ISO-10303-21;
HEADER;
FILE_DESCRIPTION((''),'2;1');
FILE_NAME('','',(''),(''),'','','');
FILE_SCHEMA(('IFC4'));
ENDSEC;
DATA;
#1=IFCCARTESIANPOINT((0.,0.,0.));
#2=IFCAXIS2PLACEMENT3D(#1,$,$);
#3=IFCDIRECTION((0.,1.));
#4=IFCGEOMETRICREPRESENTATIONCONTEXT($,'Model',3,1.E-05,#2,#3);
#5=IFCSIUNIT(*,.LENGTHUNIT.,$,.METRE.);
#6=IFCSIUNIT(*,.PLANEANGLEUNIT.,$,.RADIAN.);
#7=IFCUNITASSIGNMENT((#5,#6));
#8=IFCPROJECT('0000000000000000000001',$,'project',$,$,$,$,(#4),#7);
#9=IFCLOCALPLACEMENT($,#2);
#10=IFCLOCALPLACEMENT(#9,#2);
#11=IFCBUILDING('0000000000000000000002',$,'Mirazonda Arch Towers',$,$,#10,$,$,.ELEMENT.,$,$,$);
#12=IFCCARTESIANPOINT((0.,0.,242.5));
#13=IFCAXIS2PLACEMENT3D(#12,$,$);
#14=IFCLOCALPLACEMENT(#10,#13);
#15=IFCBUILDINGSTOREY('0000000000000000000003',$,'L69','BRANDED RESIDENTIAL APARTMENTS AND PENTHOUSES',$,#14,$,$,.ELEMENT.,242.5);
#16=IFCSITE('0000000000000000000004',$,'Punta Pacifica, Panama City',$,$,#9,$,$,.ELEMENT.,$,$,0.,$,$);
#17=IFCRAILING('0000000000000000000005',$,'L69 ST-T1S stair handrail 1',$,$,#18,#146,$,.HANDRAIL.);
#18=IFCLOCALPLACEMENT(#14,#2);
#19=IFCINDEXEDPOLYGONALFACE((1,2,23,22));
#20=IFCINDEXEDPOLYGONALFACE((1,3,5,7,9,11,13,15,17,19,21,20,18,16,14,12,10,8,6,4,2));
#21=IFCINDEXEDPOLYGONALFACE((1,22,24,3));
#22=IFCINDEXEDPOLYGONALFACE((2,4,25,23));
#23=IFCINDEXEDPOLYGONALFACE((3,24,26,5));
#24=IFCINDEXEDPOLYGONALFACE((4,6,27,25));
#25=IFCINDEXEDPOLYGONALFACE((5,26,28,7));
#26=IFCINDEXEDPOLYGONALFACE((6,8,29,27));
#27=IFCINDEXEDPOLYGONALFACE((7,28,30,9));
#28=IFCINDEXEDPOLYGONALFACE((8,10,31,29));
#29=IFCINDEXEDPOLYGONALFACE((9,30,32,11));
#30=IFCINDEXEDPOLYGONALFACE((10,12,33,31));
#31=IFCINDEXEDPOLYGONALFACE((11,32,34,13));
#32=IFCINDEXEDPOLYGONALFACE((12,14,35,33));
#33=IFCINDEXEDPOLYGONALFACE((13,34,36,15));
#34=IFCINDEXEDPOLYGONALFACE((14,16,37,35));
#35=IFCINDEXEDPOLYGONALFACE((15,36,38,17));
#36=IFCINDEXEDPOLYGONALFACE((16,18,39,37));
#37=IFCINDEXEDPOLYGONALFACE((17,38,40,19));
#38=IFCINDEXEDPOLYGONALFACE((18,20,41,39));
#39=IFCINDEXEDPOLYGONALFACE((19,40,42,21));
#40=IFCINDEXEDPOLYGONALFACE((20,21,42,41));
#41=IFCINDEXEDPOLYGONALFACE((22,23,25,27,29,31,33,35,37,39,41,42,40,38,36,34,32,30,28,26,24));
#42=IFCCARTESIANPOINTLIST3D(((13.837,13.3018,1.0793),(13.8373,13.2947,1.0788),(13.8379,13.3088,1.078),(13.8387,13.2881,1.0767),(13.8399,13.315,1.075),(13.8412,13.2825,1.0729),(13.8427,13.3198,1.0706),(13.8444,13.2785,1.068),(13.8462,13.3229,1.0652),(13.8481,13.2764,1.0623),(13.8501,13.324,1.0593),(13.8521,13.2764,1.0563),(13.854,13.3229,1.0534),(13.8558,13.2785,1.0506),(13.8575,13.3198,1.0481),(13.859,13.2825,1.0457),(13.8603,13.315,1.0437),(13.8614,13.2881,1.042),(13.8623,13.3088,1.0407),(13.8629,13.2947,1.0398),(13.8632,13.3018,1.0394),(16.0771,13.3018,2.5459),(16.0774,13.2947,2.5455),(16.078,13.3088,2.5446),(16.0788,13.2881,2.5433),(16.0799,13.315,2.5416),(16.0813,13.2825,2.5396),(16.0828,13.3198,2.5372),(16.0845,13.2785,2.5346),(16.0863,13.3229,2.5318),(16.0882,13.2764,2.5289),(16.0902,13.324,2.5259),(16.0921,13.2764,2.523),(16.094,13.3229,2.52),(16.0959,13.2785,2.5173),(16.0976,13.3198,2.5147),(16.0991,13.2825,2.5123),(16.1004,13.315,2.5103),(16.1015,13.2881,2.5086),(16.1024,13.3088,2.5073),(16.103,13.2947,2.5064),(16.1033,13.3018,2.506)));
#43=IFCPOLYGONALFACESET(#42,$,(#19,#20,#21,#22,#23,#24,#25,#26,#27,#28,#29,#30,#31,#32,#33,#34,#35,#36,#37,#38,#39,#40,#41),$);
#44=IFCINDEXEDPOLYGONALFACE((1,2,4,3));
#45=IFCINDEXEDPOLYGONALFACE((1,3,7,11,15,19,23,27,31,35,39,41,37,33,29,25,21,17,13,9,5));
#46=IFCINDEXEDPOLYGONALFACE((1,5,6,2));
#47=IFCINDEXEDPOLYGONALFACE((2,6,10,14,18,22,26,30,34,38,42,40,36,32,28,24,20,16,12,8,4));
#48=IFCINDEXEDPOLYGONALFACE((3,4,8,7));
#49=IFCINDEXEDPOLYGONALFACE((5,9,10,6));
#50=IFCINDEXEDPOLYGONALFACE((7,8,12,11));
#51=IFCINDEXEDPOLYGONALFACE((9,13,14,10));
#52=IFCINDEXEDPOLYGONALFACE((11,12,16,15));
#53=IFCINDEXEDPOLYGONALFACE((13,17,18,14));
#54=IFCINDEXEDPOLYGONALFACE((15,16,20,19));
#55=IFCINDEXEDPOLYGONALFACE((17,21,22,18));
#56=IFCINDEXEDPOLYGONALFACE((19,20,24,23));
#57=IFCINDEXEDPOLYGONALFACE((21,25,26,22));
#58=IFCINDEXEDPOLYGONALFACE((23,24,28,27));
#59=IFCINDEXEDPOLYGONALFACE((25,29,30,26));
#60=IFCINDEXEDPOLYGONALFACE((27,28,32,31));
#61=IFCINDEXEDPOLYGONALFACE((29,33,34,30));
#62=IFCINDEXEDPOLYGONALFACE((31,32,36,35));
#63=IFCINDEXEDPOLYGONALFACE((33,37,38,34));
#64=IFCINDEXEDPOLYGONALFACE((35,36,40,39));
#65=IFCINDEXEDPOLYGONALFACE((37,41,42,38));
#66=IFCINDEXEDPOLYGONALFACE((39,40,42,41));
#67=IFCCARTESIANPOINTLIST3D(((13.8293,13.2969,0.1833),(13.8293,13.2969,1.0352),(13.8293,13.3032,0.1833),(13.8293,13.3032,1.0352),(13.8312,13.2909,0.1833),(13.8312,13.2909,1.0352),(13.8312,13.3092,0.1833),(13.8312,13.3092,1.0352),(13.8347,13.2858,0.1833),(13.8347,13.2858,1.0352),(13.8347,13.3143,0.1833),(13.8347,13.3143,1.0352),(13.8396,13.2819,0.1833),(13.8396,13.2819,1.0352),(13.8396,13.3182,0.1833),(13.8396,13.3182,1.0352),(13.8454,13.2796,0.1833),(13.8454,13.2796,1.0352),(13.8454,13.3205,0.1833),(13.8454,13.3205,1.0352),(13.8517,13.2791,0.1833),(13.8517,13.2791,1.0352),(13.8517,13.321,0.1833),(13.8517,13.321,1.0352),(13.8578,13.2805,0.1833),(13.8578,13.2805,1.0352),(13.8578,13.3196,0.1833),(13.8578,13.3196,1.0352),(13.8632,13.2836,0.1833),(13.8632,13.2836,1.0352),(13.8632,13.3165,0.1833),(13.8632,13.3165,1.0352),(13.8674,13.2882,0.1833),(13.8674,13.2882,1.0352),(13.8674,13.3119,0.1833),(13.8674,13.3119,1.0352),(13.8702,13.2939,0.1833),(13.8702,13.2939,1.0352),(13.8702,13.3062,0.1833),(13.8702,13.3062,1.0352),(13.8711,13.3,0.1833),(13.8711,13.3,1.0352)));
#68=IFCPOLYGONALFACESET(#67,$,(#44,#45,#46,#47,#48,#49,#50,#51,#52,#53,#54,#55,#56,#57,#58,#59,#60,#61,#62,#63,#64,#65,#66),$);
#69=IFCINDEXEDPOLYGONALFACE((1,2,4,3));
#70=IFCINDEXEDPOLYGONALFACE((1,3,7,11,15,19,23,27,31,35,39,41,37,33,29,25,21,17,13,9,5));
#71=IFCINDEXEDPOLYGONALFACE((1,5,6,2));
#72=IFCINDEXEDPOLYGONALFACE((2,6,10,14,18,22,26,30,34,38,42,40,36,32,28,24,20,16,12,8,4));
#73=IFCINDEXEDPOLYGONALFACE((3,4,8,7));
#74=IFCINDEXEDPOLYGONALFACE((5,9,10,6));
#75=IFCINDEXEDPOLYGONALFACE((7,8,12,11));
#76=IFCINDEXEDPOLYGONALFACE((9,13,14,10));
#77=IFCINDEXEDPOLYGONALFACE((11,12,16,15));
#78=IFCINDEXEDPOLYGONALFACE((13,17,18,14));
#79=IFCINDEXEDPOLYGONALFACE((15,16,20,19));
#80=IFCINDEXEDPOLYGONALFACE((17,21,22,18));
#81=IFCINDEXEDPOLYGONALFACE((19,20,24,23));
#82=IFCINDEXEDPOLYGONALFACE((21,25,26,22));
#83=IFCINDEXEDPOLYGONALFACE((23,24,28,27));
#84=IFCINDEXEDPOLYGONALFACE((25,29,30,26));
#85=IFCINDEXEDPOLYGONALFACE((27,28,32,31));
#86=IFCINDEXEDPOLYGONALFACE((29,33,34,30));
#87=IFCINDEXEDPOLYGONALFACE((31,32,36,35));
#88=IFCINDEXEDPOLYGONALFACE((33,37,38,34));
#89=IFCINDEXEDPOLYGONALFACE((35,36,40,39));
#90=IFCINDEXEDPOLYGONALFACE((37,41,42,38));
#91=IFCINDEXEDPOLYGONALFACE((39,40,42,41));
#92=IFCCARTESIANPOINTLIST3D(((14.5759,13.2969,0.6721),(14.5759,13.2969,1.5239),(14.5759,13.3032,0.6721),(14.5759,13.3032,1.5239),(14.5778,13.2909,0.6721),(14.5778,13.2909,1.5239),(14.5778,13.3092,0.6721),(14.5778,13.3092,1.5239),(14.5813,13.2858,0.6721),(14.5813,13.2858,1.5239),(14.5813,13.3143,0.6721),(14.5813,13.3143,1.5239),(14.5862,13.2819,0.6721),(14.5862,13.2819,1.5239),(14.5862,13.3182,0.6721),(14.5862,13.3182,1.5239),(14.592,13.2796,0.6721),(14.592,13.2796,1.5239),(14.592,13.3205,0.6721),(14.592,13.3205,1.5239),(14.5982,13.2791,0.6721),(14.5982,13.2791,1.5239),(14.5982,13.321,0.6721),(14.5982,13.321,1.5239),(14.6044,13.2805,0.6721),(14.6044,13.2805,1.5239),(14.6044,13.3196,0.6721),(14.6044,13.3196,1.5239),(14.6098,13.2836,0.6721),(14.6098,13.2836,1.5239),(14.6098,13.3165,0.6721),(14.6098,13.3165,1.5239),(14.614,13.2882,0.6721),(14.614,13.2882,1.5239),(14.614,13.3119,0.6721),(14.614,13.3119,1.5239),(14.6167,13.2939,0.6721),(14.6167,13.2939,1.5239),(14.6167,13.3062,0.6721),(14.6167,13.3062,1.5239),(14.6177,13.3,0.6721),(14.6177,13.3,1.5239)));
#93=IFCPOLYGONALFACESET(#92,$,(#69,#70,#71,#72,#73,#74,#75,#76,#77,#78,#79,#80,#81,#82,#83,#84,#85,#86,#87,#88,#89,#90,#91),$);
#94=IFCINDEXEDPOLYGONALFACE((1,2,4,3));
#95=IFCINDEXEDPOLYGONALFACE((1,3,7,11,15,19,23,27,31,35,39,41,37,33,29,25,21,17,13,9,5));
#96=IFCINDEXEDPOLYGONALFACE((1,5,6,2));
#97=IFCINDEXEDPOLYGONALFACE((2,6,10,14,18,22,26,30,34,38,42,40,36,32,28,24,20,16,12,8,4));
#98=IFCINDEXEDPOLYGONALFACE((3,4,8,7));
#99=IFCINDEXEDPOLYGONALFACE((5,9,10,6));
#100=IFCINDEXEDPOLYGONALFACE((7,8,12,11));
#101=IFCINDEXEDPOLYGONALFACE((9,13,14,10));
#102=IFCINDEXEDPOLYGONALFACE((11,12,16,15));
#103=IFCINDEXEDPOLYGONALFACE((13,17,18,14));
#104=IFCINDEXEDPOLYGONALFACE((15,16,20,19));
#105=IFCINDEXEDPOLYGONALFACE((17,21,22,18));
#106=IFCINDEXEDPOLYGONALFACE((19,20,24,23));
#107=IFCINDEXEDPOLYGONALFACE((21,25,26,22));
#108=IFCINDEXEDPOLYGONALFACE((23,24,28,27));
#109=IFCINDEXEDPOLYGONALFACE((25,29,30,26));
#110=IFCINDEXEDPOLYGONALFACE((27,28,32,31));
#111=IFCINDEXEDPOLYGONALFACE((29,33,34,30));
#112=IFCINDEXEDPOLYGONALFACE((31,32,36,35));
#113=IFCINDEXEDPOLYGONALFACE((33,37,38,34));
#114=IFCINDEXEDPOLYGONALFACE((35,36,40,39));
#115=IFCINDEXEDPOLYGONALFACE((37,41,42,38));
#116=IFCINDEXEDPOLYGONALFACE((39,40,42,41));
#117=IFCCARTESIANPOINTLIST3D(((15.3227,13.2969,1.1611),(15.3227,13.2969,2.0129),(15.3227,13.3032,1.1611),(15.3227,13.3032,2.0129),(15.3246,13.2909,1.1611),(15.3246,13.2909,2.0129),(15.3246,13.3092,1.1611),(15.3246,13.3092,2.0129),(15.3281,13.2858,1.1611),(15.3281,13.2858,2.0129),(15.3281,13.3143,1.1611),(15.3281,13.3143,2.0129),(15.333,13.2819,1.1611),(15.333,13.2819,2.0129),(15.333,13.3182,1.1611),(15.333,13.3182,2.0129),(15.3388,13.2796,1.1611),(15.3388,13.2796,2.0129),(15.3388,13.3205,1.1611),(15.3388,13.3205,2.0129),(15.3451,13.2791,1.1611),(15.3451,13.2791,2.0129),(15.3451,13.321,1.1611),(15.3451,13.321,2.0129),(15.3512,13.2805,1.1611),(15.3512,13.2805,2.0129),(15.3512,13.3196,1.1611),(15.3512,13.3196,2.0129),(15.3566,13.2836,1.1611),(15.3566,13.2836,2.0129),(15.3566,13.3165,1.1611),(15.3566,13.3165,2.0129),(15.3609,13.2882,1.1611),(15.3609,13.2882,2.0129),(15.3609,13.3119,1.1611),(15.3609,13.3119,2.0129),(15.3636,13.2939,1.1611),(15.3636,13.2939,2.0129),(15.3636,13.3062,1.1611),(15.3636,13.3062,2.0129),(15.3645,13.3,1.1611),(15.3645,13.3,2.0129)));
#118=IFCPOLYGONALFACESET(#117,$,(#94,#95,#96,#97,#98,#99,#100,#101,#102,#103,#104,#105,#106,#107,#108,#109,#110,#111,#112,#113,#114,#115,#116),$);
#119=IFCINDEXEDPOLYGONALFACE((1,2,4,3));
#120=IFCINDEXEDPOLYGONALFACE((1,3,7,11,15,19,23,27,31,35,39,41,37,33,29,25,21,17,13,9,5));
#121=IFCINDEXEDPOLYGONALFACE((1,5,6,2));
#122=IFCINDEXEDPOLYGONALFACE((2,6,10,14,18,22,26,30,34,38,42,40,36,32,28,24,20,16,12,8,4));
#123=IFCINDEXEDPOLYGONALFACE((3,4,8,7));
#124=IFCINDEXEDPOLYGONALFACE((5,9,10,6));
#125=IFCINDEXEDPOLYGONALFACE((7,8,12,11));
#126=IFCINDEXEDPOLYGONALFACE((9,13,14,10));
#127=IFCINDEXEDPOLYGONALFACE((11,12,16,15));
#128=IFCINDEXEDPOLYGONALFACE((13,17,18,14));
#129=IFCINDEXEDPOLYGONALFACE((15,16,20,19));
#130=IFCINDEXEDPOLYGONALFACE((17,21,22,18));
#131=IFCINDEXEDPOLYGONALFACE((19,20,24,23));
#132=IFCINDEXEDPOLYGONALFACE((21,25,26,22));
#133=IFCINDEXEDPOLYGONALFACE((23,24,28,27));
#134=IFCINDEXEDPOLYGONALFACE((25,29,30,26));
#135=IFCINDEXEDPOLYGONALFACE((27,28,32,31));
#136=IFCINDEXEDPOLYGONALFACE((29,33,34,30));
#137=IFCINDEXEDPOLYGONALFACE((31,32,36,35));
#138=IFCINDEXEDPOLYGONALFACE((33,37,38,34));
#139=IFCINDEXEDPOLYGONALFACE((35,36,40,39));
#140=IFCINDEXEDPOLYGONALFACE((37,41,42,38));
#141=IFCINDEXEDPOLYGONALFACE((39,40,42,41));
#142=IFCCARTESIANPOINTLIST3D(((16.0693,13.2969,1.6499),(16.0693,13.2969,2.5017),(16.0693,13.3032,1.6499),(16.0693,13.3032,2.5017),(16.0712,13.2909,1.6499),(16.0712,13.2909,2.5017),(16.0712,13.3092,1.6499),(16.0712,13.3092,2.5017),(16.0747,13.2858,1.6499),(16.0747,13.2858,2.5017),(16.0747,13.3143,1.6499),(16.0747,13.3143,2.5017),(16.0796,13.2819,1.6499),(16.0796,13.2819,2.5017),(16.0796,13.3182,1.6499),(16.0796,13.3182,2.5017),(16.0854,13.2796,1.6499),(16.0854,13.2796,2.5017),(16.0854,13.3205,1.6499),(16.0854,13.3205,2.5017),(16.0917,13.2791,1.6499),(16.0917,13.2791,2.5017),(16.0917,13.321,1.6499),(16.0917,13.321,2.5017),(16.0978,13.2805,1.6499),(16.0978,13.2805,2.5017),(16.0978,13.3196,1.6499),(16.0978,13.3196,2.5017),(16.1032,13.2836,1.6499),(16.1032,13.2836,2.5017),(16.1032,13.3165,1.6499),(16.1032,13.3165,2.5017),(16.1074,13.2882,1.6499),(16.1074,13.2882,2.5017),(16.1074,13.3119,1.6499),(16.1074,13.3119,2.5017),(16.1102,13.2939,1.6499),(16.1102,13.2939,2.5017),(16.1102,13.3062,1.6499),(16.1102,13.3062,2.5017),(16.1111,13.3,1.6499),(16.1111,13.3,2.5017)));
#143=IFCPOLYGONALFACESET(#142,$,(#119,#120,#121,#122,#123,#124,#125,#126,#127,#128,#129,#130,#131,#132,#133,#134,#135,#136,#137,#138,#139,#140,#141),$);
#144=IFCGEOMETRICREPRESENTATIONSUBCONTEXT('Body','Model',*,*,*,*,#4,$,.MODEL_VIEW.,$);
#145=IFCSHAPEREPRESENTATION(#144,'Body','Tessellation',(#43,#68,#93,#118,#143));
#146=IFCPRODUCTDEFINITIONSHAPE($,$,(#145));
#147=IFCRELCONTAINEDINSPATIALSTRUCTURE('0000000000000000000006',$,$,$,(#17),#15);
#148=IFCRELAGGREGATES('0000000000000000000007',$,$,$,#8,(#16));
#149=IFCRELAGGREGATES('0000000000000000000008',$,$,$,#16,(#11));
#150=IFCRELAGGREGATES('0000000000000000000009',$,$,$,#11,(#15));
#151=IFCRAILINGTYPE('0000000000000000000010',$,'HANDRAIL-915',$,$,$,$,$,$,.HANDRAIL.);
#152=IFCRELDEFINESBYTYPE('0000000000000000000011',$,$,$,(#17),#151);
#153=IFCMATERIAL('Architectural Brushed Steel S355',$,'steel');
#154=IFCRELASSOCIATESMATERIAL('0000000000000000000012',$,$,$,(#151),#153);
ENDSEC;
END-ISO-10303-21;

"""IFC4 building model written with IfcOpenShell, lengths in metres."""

from ifc_helpers import new_model, si_unit, direction, frame, origin, origin_2d, place, context, subcontext, project, spatial, circle, extrude, material, type_object, element, save


model = new_model("IFC4")

# Units and contexts
model_context = context("Model", 3, precision=1e-05, world=origin(), true_north=direction((0.0, 1.0)))
body_context = subcontext(model_context, "Body", "Model", "MODEL_VIEW")
ifc_project = project(units=[si_unit("LENGTHUNIT", "METRE"), si_unit("PLANEANGLEUNIT", "RADIAN")], contexts=[model_context])

# Site, building, storey
site_placement = place(None, origin())
site = spatial("IfcSite", under=ifc_project, at=site_placement, Name="Punta Pacifica, Panama City", CompositionType="ELEMENT", RefElevation=0.0)
building_placement = place(site_placement, origin())
building = spatial("IfcBuilding", under=site, at=building_placement, Name="Mirazonda Arch Towers", CompositionType="ELEMENT")
storey_placement = place(building_placement, frame((0.0, 0.0, 242.5)))
storey = spatial("IfcBuildingStorey", under=building, at=storey_placement, Name="L69", Description="BRANDED RESIDENTIAL APARTMENTS AND PENTHOUSES", CompositionType="ELEMENT", Elevation=242.5)

# Railing
ifc_material_1 = material(Name="Architectural Brushed Steel S355", Category="steel")
railing_type_1 = type_object("IfcRailingType", Name="HANDRAIL-915", PredefinedType="HANDRAIL", material=ifc_material_1)
railing_1_placement = place(storey_placement, frame((13.8501, 13.3, 0.1833)))
element("IfcRailing", 1, at=railing_1_placement, inside=storey, type_object=railing_type_1, Name="L69 ST-T1S stair handrail 1", PredefinedType="HANDRAIL", context=body_context, shape_type="SweptSolid", body=[
    extrude(circle(Radius=0.0239, at=origin_2d()), frame((0.0, 0.0, 0.876), z_axis=(0.836637, 0.0, 0.547758), x_axis=(0.0, 1.0, 0.0)), (0.0, 0.0, 1.0), 2.6775),
    extrude(circle(Radius=0.021, at=origin_2d()), origin(), (0.0, 0.0, 1.0), 0.8518),
    extrude(circle(Radius=0.021, at=origin_2d()), frame((0.7466, 0.0, 0.4888)), (0.0, 0.0, 1.0), 0.8518),
    extrude(circle(Radius=0.021, at=origin_2d()), frame((1.4934, 0.0, 0.9778)), (0.0, 0.0, 1.0), 0.8518),
    extrude(circle(Radius=0.021, at=origin_2d()), frame((2.24, 0.0, 1.4666)), (0.0, 0.0, 1.0), 0.8518),
])

save(model, "model.ifc")
